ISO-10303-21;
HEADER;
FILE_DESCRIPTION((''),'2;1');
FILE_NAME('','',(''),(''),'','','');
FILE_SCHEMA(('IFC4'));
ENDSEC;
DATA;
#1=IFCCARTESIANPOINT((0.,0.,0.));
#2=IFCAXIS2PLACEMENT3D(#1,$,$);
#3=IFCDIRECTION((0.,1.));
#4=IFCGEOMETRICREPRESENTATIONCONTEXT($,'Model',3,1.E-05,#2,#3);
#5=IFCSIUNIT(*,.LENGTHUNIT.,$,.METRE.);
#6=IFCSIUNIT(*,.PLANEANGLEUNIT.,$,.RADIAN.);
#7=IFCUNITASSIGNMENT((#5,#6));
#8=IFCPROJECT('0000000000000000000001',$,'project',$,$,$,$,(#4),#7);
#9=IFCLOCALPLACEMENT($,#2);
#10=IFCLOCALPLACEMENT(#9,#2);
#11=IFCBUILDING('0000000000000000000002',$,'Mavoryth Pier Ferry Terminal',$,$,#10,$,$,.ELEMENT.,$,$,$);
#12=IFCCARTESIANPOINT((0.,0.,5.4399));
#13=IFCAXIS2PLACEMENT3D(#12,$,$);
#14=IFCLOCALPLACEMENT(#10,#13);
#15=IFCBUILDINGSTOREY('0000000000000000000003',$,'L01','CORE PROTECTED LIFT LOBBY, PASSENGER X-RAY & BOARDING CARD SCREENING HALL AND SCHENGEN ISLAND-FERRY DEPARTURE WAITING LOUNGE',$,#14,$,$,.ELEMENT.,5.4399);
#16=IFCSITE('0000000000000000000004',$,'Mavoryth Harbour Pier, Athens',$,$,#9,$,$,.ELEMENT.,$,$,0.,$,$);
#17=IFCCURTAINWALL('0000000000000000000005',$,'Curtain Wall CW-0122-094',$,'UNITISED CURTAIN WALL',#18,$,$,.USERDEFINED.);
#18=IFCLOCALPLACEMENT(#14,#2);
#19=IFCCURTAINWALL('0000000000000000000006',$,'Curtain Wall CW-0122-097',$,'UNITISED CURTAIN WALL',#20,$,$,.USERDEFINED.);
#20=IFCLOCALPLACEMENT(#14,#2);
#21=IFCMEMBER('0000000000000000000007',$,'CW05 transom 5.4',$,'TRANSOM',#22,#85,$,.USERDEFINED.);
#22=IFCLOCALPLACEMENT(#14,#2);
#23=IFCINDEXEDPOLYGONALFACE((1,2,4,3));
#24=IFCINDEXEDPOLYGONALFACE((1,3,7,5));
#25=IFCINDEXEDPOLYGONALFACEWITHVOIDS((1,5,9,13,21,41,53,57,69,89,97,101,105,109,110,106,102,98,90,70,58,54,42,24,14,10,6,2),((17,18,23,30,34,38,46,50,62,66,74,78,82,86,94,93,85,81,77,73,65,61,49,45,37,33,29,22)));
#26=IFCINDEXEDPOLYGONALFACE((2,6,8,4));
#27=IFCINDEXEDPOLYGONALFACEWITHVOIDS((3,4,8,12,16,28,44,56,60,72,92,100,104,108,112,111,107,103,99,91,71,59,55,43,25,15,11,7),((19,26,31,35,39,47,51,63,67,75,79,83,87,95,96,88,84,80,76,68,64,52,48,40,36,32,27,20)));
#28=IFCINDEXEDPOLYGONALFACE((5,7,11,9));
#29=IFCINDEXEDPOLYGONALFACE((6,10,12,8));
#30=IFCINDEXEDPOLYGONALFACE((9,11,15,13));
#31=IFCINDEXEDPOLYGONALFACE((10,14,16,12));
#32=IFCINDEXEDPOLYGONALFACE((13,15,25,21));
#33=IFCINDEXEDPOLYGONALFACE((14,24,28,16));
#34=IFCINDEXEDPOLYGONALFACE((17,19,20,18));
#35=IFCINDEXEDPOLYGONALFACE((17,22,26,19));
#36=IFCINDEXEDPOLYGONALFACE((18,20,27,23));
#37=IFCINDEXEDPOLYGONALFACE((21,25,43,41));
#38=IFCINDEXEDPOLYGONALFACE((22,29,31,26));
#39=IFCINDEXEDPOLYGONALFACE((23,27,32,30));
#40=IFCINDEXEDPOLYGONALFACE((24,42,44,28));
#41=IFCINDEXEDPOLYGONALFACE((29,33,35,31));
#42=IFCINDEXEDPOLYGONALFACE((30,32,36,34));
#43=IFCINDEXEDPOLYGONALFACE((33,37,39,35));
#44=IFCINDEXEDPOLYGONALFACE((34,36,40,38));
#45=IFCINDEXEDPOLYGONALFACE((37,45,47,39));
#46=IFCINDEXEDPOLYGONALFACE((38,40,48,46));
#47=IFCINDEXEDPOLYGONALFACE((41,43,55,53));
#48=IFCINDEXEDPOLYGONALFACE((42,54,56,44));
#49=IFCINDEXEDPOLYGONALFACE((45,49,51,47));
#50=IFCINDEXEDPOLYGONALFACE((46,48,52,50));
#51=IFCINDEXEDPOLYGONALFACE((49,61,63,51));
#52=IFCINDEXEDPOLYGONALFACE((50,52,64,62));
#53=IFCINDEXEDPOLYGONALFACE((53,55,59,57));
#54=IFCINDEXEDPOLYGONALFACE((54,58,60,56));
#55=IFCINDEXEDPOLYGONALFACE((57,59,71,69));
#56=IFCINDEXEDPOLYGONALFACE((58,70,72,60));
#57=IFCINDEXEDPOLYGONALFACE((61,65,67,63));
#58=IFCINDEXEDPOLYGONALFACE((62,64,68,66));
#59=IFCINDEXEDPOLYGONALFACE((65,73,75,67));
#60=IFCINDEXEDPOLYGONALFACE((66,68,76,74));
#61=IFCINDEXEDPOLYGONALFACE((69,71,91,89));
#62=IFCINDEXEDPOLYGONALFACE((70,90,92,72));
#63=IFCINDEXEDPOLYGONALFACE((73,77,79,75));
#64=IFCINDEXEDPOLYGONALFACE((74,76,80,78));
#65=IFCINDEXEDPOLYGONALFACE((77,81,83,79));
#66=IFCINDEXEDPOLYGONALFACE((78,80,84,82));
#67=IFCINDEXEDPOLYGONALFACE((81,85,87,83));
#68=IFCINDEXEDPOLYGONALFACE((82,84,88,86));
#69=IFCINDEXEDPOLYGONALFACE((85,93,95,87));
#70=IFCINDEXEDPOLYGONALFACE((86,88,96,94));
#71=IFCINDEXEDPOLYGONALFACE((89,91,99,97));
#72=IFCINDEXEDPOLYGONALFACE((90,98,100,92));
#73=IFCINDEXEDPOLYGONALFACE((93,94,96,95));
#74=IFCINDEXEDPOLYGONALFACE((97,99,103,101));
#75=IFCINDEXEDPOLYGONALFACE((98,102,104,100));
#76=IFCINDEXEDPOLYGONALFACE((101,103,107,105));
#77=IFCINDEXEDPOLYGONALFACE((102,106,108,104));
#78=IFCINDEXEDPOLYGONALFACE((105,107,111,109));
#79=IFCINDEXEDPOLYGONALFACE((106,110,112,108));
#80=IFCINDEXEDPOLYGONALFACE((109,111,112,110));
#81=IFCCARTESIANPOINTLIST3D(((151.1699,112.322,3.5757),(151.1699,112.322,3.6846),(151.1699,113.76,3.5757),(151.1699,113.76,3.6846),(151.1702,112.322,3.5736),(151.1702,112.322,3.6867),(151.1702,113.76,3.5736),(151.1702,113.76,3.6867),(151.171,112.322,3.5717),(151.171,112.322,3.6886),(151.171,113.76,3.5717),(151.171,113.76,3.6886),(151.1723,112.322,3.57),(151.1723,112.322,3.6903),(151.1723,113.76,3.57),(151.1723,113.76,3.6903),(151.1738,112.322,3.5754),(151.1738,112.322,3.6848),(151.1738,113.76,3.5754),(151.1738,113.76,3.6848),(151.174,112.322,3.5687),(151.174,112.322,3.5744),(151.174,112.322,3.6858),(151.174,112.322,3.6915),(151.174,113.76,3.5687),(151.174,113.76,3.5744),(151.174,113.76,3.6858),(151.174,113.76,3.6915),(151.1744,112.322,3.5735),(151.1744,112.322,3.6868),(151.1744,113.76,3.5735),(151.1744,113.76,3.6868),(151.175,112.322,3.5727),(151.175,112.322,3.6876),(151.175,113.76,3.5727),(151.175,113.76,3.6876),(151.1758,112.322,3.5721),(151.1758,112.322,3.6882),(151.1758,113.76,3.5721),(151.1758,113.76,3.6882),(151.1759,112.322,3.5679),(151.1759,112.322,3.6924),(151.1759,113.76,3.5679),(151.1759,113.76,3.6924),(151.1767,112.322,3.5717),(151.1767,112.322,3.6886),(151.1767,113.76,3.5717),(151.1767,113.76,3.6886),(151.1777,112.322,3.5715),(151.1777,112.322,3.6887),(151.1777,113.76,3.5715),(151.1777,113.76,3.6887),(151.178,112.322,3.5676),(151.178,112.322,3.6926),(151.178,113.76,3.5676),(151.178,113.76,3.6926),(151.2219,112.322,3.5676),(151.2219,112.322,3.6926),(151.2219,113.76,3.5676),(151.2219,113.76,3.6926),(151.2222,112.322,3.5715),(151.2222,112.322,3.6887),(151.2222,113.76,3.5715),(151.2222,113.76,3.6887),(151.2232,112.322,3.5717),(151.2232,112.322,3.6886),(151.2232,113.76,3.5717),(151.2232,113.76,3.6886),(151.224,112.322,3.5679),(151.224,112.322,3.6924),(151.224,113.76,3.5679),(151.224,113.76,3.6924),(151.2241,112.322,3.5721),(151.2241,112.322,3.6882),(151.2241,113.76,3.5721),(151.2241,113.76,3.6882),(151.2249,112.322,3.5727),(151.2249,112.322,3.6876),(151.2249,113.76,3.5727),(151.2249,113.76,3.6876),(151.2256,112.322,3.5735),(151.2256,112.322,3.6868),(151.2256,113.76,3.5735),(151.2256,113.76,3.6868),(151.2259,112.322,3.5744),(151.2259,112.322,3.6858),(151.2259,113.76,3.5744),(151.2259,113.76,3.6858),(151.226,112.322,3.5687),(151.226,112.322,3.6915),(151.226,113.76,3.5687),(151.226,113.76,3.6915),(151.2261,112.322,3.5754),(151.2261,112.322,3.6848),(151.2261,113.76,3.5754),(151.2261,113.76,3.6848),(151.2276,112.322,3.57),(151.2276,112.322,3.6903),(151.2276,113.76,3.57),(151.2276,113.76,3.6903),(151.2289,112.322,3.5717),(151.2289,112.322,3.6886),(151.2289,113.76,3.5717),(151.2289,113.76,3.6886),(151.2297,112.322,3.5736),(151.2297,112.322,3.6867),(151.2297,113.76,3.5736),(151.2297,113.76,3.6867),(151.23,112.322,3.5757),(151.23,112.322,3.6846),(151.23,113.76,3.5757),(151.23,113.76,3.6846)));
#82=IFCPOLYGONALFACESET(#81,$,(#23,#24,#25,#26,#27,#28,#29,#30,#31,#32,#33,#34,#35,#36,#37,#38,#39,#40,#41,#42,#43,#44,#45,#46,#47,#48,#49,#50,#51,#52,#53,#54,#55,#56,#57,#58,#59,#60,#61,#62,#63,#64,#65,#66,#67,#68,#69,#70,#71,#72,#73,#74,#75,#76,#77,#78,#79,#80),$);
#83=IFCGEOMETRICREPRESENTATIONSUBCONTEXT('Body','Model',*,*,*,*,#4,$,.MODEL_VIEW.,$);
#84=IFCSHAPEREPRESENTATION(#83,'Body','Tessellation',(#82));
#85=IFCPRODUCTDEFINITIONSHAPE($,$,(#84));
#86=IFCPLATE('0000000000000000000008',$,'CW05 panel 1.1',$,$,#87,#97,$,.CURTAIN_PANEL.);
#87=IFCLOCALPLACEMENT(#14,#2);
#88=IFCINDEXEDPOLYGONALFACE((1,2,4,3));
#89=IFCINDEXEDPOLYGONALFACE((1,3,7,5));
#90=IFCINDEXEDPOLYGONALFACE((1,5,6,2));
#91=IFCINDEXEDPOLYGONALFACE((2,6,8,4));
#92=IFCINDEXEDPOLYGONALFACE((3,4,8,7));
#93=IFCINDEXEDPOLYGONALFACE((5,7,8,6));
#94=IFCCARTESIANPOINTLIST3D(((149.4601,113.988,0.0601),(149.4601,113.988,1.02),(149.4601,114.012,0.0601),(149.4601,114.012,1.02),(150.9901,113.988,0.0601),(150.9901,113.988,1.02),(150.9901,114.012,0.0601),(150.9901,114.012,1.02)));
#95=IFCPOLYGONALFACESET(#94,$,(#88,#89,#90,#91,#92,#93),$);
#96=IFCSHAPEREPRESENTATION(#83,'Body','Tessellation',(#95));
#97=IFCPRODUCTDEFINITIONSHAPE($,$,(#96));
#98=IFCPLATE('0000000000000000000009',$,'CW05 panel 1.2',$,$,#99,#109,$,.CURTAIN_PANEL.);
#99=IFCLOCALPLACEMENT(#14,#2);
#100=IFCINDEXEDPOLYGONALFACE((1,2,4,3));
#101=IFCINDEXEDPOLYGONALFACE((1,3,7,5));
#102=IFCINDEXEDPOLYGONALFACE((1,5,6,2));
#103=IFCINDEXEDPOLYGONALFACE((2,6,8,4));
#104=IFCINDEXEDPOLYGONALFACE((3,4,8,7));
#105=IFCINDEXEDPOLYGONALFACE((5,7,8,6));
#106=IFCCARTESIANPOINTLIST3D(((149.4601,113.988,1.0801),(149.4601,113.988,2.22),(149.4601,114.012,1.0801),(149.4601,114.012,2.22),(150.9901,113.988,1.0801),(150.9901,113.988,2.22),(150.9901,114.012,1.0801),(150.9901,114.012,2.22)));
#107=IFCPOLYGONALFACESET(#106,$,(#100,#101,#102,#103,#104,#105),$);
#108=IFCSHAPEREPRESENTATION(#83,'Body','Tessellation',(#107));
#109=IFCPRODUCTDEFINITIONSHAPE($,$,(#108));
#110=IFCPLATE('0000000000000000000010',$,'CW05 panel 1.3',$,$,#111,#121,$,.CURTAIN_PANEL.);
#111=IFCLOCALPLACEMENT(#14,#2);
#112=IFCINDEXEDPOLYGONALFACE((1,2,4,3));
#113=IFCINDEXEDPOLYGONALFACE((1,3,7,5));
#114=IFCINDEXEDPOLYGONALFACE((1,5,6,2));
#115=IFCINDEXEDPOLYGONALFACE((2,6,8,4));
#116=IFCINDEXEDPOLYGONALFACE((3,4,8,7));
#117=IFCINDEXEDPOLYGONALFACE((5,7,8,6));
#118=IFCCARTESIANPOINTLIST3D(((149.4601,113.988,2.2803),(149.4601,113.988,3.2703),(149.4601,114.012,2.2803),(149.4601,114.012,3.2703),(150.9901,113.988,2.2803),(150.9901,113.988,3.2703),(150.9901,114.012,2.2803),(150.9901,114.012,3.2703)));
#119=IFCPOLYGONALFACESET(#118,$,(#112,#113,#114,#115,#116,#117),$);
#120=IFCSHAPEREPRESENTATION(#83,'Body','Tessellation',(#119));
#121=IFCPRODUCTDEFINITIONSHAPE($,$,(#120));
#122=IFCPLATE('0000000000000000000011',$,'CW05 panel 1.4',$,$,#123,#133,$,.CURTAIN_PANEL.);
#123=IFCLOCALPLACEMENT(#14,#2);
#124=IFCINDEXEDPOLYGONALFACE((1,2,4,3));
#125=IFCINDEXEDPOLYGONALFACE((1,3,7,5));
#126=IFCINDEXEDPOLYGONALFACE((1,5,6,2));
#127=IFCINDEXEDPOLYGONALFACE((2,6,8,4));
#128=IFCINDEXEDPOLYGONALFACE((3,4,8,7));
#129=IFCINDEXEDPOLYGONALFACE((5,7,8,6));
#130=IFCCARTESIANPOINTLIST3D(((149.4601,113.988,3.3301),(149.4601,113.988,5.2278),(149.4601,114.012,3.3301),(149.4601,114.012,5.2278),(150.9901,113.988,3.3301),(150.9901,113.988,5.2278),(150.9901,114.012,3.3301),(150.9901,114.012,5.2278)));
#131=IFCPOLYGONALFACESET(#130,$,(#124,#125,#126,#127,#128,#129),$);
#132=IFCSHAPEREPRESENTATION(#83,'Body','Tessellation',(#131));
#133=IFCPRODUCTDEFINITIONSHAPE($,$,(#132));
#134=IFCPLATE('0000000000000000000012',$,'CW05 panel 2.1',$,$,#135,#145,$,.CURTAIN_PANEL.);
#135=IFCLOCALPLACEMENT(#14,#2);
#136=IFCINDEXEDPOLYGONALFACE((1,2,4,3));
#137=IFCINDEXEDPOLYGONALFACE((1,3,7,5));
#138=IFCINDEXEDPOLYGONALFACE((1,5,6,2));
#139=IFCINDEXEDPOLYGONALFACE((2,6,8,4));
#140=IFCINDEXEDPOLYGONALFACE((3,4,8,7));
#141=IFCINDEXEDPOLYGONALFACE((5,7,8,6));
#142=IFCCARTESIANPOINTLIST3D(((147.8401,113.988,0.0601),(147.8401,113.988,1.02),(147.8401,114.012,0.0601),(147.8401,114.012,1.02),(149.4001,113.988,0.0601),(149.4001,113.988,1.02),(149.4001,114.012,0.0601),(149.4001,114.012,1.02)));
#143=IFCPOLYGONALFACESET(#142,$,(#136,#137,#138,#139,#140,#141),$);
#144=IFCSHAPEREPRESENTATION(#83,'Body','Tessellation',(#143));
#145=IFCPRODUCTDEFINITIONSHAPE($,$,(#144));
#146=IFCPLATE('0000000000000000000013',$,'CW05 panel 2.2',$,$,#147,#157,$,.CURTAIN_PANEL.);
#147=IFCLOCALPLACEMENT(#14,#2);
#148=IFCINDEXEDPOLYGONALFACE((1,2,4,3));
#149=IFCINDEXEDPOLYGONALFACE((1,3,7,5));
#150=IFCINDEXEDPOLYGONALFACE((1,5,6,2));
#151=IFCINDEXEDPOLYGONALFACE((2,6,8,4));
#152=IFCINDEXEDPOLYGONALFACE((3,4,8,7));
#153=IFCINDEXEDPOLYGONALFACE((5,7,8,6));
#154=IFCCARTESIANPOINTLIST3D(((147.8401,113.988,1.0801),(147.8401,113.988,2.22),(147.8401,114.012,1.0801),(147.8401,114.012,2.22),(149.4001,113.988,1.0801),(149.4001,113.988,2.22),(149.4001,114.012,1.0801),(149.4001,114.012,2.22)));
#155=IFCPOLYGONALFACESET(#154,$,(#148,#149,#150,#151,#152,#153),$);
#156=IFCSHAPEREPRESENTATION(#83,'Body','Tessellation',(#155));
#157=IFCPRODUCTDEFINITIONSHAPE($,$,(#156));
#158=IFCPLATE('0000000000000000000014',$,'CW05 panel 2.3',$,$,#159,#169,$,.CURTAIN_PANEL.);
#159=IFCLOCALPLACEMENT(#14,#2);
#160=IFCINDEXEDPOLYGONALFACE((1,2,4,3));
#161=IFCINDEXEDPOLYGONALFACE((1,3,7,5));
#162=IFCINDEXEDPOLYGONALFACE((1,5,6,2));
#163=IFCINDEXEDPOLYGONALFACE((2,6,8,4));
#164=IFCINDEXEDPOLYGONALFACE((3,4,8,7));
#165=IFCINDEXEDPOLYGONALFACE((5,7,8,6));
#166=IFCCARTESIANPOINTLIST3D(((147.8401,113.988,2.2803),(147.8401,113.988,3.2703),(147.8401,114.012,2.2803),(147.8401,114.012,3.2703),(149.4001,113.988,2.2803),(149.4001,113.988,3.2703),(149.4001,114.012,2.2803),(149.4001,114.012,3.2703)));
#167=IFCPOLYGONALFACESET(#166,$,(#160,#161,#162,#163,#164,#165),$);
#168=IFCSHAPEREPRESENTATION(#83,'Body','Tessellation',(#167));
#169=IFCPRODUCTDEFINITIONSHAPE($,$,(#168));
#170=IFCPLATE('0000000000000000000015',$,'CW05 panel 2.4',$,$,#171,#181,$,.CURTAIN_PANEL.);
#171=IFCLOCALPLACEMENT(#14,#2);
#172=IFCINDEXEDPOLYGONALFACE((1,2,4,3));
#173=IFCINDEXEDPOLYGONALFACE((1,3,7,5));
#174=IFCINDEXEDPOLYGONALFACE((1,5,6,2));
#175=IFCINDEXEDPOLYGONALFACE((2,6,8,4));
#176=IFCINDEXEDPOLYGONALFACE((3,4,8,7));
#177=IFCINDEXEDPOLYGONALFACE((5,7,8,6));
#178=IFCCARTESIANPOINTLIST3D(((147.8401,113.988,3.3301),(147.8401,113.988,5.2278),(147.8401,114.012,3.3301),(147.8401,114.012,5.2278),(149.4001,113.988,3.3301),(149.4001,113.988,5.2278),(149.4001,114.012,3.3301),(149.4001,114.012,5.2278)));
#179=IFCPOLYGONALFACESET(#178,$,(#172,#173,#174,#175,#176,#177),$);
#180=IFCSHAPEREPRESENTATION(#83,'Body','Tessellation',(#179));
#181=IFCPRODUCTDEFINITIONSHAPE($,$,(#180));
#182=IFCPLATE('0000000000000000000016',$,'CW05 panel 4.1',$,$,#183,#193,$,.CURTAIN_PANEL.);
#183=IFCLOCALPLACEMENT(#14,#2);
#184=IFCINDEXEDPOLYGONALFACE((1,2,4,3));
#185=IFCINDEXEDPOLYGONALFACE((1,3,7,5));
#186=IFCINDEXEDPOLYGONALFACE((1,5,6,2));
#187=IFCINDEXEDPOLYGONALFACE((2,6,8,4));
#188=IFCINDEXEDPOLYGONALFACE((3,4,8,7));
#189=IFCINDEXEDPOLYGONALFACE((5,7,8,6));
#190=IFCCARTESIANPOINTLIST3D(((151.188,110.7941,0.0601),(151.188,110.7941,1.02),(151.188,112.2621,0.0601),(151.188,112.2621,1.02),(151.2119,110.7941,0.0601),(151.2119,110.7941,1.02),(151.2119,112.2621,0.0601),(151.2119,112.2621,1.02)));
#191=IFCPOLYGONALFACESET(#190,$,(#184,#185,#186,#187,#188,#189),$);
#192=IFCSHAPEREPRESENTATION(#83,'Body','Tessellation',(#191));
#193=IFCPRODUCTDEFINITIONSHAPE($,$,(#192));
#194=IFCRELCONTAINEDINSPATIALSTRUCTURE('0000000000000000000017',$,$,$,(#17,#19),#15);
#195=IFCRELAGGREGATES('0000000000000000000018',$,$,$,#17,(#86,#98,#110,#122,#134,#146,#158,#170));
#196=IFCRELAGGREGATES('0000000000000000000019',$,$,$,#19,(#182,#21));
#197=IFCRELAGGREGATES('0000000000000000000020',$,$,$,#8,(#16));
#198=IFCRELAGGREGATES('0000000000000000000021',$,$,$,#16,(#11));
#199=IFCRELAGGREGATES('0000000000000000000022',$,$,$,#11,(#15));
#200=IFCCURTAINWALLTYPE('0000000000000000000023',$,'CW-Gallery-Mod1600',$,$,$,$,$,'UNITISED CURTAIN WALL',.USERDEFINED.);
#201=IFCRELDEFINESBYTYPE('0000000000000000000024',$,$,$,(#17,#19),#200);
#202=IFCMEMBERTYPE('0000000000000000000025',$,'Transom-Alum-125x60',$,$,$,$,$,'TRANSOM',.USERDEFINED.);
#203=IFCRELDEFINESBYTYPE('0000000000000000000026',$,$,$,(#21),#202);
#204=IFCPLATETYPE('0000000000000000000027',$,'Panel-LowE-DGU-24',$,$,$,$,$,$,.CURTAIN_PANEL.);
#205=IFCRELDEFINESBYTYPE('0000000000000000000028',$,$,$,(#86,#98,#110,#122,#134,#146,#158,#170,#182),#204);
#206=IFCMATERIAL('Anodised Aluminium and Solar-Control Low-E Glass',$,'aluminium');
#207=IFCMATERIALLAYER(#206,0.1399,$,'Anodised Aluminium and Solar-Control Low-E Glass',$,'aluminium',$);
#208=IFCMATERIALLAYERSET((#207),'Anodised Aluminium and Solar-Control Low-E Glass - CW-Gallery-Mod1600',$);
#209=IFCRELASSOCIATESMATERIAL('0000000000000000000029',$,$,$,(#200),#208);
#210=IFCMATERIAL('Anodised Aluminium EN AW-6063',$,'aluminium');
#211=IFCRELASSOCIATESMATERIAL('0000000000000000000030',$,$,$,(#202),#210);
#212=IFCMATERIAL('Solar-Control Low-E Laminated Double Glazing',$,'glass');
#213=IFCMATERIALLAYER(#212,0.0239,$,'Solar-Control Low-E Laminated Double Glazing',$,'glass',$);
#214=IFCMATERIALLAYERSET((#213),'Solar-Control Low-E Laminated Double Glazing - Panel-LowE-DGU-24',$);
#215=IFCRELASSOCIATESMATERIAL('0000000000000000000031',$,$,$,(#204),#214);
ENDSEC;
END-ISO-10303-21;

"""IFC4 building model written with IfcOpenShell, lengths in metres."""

from ifc_helpers import new_model, si_unit, direction, frame, origin, origin_2d, place, context, subcontext, project, spatial, rectangle, hollow_rectangle, extrude, material, layer, layer_set, material_profile, profile_set, type_object, element, aggregate, save


model = new_model("IFC4")

# Units and contexts
model_context = context("Model", 3, precision=1e-05, world=origin(), true_north=direction((0.0, 1.0)))
body_context = subcontext(model_context, "Body", "Model", "MODEL_VIEW")
ifc_project = project(units=[si_unit("LENGTHUNIT", "METRE"), si_unit("PLANEANGLEUNIT", "RADIAN")], contexts=[model_context])

# Site, building, storey
site_placement = place(None, origin())
site = spatial("IfcSite", under=ifc_project, at=site_placement, Name="Mavoryth Harbour Pier, Athens", CompositionType="ELEMENT", RefElevation=0.0)
building_placement = place(site_placement, origin())
building = spatial("IfcBuilding", under=site, at=building_placement, Name="Mavoryth Pier Ferry Terminal", CompositionType="ELEMENT")
storey_placement = place(building_placement, frame((0.0, 0.0, 5.4399)))
storey = spatial("IfcBuildingStorey", under=building, at=storey_placement, Name="L01", Description="CORE PROTECTED LIFT LOBBY, PASSENGER X-RAY & BOARDING CARD SCREENING HALL AND SCHENGEN ISLAND-FERRY DEPARTURE WAITING LOUNGE", CompositionType="ELEMENT", Elevation=5.4399)

# Curtain walls
ifc_material_1 = material(Name="Anodised Aluminium and Solar-Control Low-E Glass", Category="aluminium")
ifc_layer_1 = layer(ifc_material_1, 0.1399, Name="Anodised Aluminium and Solar-Control Low-E Glass", Category="aluminium")
ifc_layer_set_1 = layer_set([ifc_layer_1], Name="Anodised Aluminium and Solar-Control Low-E Glass - CW-Gallery-Mod1600")
curtain_wall_type = type_object("IfcCurtainWallType", Name="CW-Gallery-Mod1600", ElementType="UNITISED CURTAIN WALL", PredefinedType="USERDEFINED", material=ifc_layer_set_1)
curtain_wall_1_placement = place(storey_placement, origin())
curtain_wall_1 = element("IfcCurtainWall", 1, at=curtain_wall_1_placement, inside=storey, type_object=curtain_wall_type, Name="Curtain Wall CW-0122-094", ObjectType="UNITISED CURTAIN WALL", PredefinedType="USERDEFINED")
ifc_material_2 = material(Name="Anodised Aluminium EN AW-6063", Category="aluminium")
curtain_wall_2_placement = place(storey_placement, origin())
curtain_wall_2 = element("IfcCurtainWall", 2, at=curtain_wall_2_placement, inside=storey, type_object=curtain_wall_type, Name="Curtain Wall CW-0122-097", ObjectType="UNITISED CURTAIN WALL", PredefinedType="USERDEFINED")

# Member
ifc_material_profile_1 = material_profile(ifc_material_2, hollow_rectangle(XDim=0.0601, YDim=0.125, WallThickness=0.0039, InnerFilletRadius=0.0039, OuterFilletRadius=0.0081, at=origin_2d()), Name="AL-TRAN 125x60x4", Category="aluminium")
ifc_profile_set_1 = profile_set([ifc_material_profile_1], Name="Anodised Aluminium EN AW-6063 - AL-TRAN 125x60x4")
member_type_1 = type_object("IfcMemberType", Name="Transom-Alum-125x60", ElementType="TRANSOM", PredefinedType="USERDEFINED", material=ifc_profile_set_1)
member_1_placement = place(storey_placement, frame((151.2, 112.322, 3.6301), z_axis=(0.0, 1.0, 0.0), x_axis=(-1.0, 0.0, 0.0)))
member_1 = element("IfcMember", 3, at=member_1_placement, type_object=member_type_1, Name="CW05 transom 5.4", ObjectType="TRANSOM", PredefinedType="USERDEFINED", context=body_context, shape_type="SweptSolid", body=[
    extrude(hollow_rectangle(XDim=0.0601, YDim=0.125, WallThickness=0.0039, InnerFilletRadius=0.0039, OuterFilletRadius=0.0081, at=origin_2d()), origin(), (0.0, 0.0, 1.0), 1.438),
])

# Plates
ifc_material_3 = material(Name="Solar-Control Low-E Laminated Double Glazing", Category="glass")
ifc_layer_2 = layer(ifc_material_3, 0.0239, Name="Solar-Control Low-E Laminated Double Glazing", Category="glass")
ifc_layer_set_2 = layer_set([ifc_layer_2], Name="Solar-Control Low-E Laminated Double Glazing - Panel-LowE-DGU-24")
plate_type_1 = type_object("IfcPlateType", Name="Panel-LowE-DGU-24", PredefinedType="CURTAIN_PANEL", material=ifc_layer_set_2)
plate_1_placement = place(storey_placement, frame((150.2251, 114.0, 0.0601), z_axis=(0.0, 0.0, 1.0), x_axis=(-1.0, 0.0, 0.0)))
plate_1 = element("IfcPlate", 4, at=plate_1_placement, type_object=plate_type_1, Name="CW05 panel 1.1", PredefinedType="CURTAIN_PANEL", context=body_context, shape_type="SweptSolid", body=[
    extrude(rectangle(XDim=1.53, YDim=0.0239, at=origin_2d()), origin(), (0.0, 0.0, 1.0), 0.96),
])
plate_2_placement = place(storey_placement, frame((150.2251, 114.0, 1.0801), z_axis=(0.0, 0.0, 1.0), x_axis=(-1.0, 0.0, 0.0)))
plate_2 = element("IfcPlate", 5, at=plate_2_placement, type_object=plate_type_1, Name="CW05 panel 1.2", PredefinedType="CURTAIN_PANEL", context=body_context, shape_type="SweptSolid", body=[
    extrude(rectangle(XDim=1.53, YDim=0.0239, at=origin_2d()), origin(), (0.0, 0.0, 1.0), 1.1399),
])
plate_3_placement = place(storey_placement, frame((150.2251, 114.0, 2.2803), z_axis=(0.0, 0.0, 1.0), x_axis=(-1.0, 0.0, 0.0)))
plate_3 = element("IfcPlate", 6, at=plate_3_placement, type_object=plate_type_1, Name="CW05 panel 1.3", PredefinedType="CURTAIN_PANEL", context=body_context, shape_type="SweptSolid", body=[
    extrude(rectangle(XDim=1.53, YDim=0.0239, at=origin_2d()), origin(), (0.0, 0.0, 1.0), 0.99),
])
plate_4_placement = place(storey_placement, frame((150.2251, 114.0, 3.3301), z_axis=(0.0, 0.0, 1.0), x_axis=(-1.0, 0.0, 0.0)))
plate_4 = element("IfcPlate", 7, at=plate_4_placement, type_object=plate_type_1, Name="CW05 panel 1.4", PredefinedType="CURTAIN_PANEL", context=body_context, shape_type="SweptSolid", body=[
    extrude(rectangle(XDim=1.53, YDim=0.0239, at=origin_2d()), origin(), (0.0, 0.0, 1.0), 1.8977),
])
plate_5_placement = place(storey_placement, frame((148.6201, 114.0, 0.0601), z_axis=(0.0, 0.0, 1.0), x_axis=(-1.0, 0.0, 0.0)))
plate_5 = element("IfcPlate", 8, at=plate_5_placement, type_object=plate_type_1, Name="CW05 panel 2.1", PredefinedType="CURTAIN_PANEL", context=body_context, shape_type="SweptSolid", body=[
    extrude(rectangle(XDim=1.5601, YDim=0.0239, at=origin_2d()), origin(), (0.0, 0.0, 1.0), 0.96),
])
plate_6_placement = place(storey_placement, frame((148.6201, 114.0, 1.0801), z_axis=(0.0, 0.0, 1.0), x_axis=(-1.0, 0.0, 0.0)))
plate_6 = element("IfcPlate", 9, at=plate_6_placement, type_object=plate_type_1, Name="CW05 panel 2.2", PredefinedType="CURTAIN_PANEL", context=body_context, shape_type="SweptSolid", body=[
    extrude(rectangle(XDim=1.5601, YDim=0.0239, at=origin_2d()), origin(), (0.0, 0.0, 1.0), 1.1399),
])
plate_7_placement = place(storey_placement, frame((148.6201, 114.0, 2.2803), z_axis=(0.0, 0.0, 1.0), x_axis=(-1.0, 0.0, 0.0)))
plate_7 = element("IfcPlate", 10, at=plate_7_placement, type_object=plate_type_1, Name="CW05 panel 2.3", PredefinedType="CURTAIN_PANEL", context=body_context, shape_type="SweptSolid", body=[
    extrude(rectangle(XDim=1.5601, YDim=0.0239, at=origin_2d()), origin(), (0.0, 0.0, 1.0), 0.99),
])
plate_8_placement = place(storey_placement, frame((148.6201, 114.0, 3.3301), z_axis=(0.0, 0.0, 1.0), x_axis=(-1.0, 0.0, 0.0)))
plate_8 = element("IfcPlate", 11, at=plate_8_placement, type_object=plate_type_1, Name="CW05 panel 2.4", PredefinedType="CURTAIN_PANEL", context=body_context, shape_type="SweptSolid", body=[
    extrude(rectangle(XDim=1.5601, YDim=0.0239, at=origin_2d()), origin(), (0.0, 0.0, 1.0), 1.8977),
])
aggregate(curtain_wall_1, [plate_1, plate_2, plate_3, plate_4, plate_5, plate_6, plate_7, plate_8])
plate_9_placement = place(storey_placement, frame((151.2, 111.5281, 0.0601), z_axis=(0.0, 0.0, 1.0), x_axis=(0.0, 1.0, 0.0)))
plate_9 = element("IfcPlate", 12, at=plate_9_placement, type_object=plate_type_1, Name="CW05 panel 4.1", PredefinedType="CURTAIN_PANEL", context=body_context, shape_type="SweptSolid", body=[
    extrude(rectangle(XDim=1.468, YDim=0.0239, at=origin_2d()), origin(), (0.0, 0.0, 1.0), 0.96),
])
aggregate(curtain_wall_2, [plate_9, member_1])

save(model, "model.ifc")
